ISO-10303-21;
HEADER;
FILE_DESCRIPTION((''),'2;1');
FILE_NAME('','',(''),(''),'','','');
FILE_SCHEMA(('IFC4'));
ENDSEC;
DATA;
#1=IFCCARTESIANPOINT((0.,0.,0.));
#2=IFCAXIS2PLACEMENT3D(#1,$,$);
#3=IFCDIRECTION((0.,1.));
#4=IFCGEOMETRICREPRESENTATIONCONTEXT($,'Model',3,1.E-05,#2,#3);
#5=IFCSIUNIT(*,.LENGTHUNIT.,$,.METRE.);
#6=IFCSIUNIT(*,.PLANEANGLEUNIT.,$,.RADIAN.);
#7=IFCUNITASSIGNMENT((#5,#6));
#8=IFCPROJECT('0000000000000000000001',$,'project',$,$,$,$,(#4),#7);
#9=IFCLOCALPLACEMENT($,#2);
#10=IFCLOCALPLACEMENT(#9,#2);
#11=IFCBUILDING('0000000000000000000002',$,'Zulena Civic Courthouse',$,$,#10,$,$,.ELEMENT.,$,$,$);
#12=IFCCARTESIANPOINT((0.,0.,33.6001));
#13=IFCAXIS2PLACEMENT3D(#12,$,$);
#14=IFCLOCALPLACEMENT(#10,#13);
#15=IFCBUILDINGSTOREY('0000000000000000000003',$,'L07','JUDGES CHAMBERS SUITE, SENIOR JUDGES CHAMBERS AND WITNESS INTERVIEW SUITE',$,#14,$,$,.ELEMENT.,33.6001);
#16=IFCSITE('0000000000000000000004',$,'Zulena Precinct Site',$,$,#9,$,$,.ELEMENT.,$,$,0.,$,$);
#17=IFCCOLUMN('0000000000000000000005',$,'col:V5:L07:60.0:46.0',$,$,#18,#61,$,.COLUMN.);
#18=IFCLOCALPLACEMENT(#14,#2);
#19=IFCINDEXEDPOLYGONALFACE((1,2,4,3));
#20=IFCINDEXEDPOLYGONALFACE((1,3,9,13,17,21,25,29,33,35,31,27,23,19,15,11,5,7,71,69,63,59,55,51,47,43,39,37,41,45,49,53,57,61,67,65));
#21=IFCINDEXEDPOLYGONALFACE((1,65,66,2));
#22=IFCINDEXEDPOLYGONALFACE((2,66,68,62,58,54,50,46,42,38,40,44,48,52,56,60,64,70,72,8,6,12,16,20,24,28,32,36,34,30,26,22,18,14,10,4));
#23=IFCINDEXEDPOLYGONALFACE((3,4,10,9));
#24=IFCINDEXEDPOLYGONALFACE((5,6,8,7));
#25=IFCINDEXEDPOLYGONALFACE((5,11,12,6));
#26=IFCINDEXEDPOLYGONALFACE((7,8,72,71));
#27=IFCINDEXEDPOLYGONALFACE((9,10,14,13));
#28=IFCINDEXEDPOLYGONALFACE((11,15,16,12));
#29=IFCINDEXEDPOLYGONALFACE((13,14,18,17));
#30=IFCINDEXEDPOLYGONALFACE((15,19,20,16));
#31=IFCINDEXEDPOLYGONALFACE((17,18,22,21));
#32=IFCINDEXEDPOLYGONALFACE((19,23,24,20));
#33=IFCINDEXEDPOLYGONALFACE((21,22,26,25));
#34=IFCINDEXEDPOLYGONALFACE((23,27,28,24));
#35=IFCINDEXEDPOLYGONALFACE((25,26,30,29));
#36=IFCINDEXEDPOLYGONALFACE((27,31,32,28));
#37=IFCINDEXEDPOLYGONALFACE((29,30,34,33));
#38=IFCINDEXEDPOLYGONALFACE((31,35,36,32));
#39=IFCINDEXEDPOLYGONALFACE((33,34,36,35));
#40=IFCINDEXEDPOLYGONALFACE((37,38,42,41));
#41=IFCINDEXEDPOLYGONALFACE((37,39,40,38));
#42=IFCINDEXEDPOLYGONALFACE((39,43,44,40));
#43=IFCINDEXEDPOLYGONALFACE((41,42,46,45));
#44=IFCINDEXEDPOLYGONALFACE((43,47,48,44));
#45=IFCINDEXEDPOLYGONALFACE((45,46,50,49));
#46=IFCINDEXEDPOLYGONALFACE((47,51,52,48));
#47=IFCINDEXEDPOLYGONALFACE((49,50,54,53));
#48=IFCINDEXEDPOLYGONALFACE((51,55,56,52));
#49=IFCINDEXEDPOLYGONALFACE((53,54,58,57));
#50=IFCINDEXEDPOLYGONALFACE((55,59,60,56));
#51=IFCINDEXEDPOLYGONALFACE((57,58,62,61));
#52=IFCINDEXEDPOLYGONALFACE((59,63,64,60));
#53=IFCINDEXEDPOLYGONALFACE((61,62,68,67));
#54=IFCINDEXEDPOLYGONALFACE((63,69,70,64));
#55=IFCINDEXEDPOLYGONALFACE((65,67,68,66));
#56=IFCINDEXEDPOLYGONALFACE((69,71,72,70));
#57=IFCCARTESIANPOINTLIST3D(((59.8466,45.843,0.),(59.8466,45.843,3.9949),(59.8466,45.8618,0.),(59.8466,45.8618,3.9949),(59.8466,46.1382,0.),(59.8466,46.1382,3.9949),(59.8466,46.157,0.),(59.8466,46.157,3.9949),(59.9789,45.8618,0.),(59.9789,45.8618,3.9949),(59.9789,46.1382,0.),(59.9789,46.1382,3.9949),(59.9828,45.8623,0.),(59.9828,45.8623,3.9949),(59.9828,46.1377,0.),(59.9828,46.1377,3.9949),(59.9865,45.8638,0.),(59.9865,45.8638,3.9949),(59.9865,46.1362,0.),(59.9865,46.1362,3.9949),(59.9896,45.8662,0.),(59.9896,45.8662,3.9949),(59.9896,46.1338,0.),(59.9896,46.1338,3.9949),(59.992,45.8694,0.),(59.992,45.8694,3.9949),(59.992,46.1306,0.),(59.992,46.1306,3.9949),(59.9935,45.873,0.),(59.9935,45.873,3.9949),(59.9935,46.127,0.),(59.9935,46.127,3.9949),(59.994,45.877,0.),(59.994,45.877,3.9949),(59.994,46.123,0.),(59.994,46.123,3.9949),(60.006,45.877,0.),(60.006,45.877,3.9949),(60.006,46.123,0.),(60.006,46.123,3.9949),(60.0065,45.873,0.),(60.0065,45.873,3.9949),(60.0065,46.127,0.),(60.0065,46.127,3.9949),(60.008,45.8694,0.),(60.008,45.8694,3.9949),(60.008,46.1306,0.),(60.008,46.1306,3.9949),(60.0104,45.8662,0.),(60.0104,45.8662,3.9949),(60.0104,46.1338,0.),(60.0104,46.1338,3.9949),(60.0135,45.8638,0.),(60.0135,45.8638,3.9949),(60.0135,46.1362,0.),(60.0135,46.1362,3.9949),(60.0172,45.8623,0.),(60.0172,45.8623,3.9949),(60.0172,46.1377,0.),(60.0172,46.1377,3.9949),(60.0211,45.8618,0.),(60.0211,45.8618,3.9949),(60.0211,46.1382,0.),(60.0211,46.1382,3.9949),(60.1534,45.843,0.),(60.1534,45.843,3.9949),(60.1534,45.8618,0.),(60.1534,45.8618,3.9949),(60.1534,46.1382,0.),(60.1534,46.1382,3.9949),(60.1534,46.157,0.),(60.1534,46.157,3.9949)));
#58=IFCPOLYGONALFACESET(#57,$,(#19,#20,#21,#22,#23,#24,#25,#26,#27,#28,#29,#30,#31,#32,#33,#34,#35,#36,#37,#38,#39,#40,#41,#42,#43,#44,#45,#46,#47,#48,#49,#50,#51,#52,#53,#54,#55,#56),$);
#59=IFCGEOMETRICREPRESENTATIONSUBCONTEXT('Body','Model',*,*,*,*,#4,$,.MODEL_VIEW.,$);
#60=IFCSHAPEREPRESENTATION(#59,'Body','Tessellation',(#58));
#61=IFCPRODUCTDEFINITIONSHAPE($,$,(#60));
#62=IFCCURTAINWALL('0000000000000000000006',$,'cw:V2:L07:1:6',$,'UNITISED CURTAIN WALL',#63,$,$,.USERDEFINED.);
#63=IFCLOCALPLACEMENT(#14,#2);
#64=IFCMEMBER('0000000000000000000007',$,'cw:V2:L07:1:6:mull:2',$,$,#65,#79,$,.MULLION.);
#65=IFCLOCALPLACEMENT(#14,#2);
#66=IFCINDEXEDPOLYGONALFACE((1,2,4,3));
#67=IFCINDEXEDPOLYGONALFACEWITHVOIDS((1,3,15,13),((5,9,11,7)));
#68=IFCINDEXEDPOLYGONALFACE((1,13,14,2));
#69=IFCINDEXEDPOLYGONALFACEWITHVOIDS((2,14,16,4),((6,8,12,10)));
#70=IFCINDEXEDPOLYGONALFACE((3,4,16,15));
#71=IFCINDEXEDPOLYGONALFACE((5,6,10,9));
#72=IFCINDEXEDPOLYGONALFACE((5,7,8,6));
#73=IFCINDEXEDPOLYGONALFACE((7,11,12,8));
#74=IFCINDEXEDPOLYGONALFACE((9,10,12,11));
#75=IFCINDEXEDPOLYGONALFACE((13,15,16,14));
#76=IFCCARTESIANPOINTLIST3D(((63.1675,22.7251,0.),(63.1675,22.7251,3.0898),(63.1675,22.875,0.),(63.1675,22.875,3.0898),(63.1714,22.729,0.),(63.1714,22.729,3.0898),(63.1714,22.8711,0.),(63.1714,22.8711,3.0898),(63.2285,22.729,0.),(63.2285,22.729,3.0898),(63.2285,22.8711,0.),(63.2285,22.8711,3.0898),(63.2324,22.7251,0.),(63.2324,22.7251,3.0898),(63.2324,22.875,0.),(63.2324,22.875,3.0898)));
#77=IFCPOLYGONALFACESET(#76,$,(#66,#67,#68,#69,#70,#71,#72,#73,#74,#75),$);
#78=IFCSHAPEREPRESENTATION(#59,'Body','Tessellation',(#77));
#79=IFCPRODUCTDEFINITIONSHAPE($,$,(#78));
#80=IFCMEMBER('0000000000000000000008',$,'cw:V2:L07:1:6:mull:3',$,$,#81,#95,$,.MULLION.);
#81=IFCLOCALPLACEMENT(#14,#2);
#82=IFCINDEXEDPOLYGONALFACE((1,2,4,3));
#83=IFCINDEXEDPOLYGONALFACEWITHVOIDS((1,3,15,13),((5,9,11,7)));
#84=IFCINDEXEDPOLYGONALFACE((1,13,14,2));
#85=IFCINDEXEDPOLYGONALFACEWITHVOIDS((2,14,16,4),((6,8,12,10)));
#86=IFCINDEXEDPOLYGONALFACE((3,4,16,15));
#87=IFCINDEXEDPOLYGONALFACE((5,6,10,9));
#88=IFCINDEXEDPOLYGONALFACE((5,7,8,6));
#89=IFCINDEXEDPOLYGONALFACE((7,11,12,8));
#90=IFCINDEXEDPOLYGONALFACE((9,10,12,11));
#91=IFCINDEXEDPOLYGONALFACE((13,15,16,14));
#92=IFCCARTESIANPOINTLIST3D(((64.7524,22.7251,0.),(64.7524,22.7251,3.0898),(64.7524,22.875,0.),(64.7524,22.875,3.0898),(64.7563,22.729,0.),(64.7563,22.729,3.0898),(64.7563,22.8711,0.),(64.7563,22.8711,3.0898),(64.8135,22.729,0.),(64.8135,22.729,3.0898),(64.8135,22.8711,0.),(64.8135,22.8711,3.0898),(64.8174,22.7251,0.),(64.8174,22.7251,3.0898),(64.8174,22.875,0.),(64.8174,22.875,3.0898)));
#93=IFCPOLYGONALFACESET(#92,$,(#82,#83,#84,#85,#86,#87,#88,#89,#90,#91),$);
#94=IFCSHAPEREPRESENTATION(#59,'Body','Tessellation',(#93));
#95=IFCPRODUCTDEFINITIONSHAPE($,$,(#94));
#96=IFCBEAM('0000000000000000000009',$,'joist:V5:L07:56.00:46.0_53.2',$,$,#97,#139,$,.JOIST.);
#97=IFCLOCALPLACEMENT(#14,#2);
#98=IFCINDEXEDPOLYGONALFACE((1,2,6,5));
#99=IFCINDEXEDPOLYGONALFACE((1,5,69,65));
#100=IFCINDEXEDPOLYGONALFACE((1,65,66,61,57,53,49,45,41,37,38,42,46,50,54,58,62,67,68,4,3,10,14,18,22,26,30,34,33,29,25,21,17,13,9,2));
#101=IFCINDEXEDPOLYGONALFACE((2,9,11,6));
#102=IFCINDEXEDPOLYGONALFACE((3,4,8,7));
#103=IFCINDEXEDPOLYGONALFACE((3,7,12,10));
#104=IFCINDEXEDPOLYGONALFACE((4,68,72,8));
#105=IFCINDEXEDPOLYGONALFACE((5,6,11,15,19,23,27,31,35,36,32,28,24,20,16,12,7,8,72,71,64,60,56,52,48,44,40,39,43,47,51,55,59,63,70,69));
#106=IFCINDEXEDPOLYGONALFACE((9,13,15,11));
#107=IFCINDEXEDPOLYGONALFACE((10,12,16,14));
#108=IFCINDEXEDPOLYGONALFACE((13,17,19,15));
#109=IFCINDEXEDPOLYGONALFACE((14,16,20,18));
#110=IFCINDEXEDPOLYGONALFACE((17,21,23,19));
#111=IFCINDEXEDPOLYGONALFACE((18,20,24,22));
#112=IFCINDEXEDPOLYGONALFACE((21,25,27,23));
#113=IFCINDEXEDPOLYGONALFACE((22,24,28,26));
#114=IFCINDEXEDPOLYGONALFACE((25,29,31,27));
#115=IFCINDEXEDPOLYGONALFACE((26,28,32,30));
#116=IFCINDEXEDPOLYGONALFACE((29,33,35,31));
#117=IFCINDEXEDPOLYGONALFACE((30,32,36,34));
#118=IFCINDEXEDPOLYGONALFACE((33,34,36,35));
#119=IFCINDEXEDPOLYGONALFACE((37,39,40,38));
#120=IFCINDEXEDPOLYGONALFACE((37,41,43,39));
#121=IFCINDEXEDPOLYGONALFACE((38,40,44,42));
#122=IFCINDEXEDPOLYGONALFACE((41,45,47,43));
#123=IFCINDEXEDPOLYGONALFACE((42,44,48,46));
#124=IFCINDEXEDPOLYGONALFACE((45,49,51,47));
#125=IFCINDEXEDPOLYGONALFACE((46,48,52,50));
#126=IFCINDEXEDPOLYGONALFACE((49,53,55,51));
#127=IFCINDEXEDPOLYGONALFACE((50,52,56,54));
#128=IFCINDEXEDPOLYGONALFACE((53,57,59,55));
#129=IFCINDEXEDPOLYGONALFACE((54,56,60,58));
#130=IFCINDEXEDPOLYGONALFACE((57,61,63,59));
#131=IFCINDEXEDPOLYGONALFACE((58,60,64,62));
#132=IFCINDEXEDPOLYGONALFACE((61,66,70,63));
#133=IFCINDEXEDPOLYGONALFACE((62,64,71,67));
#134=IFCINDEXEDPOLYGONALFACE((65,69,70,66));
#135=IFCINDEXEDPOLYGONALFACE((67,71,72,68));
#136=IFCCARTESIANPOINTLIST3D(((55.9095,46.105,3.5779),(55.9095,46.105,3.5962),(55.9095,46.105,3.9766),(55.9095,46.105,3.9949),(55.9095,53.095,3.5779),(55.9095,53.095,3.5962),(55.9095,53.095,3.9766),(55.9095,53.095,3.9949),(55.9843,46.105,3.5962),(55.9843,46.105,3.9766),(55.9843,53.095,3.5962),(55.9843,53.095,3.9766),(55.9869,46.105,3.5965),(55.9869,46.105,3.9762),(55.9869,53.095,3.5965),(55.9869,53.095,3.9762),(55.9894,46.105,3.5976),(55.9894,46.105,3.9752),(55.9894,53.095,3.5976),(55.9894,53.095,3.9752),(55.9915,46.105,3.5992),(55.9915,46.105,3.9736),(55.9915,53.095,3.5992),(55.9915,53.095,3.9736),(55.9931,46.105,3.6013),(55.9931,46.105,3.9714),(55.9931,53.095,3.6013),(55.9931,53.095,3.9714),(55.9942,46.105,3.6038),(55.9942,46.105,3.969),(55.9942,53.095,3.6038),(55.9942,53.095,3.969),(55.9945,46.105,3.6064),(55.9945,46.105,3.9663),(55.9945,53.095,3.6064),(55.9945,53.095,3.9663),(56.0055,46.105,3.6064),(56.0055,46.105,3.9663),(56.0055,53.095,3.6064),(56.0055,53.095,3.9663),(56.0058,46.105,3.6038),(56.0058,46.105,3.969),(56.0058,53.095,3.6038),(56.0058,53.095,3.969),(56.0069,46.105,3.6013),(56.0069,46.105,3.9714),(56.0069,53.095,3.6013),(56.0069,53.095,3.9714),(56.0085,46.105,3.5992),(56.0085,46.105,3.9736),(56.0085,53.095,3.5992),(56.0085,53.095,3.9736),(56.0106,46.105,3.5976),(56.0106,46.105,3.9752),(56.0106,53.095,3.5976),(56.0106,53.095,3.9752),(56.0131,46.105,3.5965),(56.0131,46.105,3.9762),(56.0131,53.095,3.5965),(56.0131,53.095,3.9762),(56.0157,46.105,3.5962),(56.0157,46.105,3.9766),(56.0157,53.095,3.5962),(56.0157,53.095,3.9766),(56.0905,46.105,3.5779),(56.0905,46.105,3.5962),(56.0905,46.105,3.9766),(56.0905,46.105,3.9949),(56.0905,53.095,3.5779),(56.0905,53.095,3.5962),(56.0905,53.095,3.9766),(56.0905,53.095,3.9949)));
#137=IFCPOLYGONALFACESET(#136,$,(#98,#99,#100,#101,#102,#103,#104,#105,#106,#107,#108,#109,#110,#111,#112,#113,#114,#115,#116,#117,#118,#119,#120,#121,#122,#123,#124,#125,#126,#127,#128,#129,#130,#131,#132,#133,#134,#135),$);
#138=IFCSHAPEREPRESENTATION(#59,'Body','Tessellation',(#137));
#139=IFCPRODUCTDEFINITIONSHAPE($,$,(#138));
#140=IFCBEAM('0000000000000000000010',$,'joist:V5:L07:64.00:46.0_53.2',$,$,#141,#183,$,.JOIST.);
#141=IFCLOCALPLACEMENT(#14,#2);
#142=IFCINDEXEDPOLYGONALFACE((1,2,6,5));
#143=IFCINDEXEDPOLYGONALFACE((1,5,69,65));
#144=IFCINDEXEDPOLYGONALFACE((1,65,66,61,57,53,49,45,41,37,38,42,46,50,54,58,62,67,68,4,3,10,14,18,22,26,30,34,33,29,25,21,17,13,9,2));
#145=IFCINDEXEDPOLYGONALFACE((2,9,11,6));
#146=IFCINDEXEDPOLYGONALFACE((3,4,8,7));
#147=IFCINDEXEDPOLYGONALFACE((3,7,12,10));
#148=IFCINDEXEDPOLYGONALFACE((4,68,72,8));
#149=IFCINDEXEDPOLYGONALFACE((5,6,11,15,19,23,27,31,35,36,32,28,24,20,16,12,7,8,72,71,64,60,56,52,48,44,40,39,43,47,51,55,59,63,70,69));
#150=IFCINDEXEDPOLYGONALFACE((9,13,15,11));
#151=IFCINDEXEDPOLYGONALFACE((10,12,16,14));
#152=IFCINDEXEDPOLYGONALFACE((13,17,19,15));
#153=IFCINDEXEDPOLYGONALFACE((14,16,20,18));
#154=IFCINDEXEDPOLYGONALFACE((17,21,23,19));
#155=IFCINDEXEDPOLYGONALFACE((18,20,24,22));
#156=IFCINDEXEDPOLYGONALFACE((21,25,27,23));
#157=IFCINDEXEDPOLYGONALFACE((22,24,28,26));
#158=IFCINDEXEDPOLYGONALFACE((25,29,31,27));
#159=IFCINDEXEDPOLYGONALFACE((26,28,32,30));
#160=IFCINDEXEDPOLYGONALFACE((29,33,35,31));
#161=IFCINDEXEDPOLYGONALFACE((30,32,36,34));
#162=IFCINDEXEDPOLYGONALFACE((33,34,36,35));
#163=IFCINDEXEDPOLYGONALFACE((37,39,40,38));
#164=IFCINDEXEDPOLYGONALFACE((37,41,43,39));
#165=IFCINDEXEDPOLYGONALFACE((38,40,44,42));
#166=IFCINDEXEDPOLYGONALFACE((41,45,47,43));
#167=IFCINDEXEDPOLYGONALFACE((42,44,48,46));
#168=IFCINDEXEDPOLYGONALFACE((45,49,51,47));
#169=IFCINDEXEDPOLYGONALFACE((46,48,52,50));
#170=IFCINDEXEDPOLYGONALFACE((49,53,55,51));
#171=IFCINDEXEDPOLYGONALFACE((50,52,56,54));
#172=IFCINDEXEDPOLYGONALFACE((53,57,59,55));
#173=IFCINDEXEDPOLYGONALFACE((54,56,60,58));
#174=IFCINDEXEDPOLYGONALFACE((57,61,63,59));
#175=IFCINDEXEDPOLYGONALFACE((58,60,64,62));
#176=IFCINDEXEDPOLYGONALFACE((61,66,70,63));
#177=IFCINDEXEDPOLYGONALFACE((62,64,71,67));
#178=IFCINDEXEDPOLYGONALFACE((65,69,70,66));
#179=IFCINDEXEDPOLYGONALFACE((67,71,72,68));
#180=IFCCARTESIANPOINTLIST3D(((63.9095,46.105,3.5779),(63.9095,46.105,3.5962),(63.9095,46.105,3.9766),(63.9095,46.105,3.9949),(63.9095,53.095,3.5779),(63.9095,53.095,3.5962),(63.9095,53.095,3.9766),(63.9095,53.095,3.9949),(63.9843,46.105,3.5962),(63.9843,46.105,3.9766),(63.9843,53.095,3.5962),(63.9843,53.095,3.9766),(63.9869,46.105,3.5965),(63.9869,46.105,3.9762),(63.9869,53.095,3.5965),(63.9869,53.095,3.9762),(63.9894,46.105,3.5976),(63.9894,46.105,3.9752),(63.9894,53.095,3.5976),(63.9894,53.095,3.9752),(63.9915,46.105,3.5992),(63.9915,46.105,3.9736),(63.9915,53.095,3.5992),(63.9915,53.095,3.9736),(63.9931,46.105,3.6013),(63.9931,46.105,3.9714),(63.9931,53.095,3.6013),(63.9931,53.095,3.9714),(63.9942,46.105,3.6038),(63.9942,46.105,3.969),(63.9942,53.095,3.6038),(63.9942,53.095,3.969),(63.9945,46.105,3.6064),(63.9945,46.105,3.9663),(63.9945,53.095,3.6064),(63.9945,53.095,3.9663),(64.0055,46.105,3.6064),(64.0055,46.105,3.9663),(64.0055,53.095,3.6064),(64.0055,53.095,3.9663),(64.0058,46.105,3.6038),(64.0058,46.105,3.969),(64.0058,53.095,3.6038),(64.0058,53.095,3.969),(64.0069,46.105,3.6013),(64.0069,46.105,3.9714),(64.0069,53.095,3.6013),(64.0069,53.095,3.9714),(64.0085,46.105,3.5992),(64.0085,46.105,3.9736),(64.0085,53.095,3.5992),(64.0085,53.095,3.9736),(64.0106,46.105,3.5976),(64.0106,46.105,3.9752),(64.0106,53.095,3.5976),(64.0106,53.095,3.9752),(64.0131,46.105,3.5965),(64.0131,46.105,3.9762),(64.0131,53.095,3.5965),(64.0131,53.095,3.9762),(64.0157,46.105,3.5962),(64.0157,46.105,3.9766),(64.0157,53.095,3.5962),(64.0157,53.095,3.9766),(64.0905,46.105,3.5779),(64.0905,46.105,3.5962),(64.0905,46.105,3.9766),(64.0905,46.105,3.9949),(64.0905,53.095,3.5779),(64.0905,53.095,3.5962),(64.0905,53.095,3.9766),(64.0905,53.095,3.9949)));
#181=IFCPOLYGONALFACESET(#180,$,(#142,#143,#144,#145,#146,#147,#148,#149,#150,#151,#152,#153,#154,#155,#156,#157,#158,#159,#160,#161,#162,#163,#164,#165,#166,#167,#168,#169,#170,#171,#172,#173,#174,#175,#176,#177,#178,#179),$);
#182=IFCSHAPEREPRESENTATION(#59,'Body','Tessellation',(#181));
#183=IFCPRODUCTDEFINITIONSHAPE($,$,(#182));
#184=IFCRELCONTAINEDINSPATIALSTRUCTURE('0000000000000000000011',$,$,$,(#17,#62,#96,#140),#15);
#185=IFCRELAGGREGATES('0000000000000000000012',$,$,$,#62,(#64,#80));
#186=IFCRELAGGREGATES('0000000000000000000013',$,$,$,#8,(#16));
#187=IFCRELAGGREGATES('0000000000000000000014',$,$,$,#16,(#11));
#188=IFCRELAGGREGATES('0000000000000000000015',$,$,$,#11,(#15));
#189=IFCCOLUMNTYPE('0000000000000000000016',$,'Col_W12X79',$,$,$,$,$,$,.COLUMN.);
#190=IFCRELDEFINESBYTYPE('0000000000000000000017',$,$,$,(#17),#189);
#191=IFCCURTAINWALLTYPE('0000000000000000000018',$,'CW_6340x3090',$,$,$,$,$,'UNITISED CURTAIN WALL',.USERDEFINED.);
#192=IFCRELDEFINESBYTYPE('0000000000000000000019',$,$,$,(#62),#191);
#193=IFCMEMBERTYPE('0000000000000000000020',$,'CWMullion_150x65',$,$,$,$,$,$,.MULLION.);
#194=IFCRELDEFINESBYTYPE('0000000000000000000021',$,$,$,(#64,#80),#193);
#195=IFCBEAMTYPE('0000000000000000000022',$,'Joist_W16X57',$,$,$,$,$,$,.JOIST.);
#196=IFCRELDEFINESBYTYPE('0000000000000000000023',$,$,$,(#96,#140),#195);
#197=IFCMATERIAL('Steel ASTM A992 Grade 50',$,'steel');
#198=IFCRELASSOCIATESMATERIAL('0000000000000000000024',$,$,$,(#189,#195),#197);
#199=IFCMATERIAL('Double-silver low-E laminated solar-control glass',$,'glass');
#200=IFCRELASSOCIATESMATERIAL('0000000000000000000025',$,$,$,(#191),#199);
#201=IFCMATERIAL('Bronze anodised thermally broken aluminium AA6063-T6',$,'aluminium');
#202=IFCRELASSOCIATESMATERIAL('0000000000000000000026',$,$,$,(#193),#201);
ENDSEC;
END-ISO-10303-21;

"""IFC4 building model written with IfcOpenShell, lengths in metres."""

from ifc_helpers import new_model, si_unit, direction, frame, origin, origin_2d, place, context, subcontext, project, spatial, hollow_rectangle, i_section, extrude, material, material_profile, profile_set, type_object, element, aggregate, save


model = new_model("IFC4")

# Units and contexts
model_context = context("Model", 3, precision=1e-05, world=origin(), true_north=direction((0.0, 1.0)))
body_context = subcontext(model_context, "Body", "Model", "MODEL_VIEW")
ifc_project = project(units=[si_unit("LENGTHUNIT", "METRE"), si_unit("PLANEANGLEUNIT", "RADIAN")], contexts=[model_context])

# Site, building, storey
site_placement = place(None, origin())
site = spatial("IfcSite", under=ifc_project, at=site_placement, Name="Zulena Precinct Site", CompositionType="ELEMENT", RefElevation=0.0)
building_placement = place(site_placement, origin())
building = spatial("IfcBuilding", under=site, at=building_placement, Name="Zulena Civic Courthouse", CompositionType="ELEMENT")
storey_placement = place(building_placement, frame((0.0, 0.0, 33.6001)))
storey = spatial("IfcBuildingStorey", under=building, at=storey_placement, Name="L07", Description="JUDGES CHAMBERS SUITE, SENIOR JUDGES CHAMBERS AND WITNESS INTERVIEW SUITE", CompositionType="ELEMENT", Elevation=33.6001)

# Column
ifc_material_1 = material(Name="Steel ASTM A992 Grade 50", Category="steel")
ifc_material_profile_1 = material_profile(ifc_material_1, i_section(OverallWidth=0.3069, OverallDepth=0.314, WebThickness=0.012, FlangeThickness=0.0188, FilletRadius=0.0151, at=origin_2d()), Name="W12X79")
ifc_profile_set_1 = profile_set([ifc_material_profile_1], Name="Steel ASTM A992 Grade 50")
column_type = type_object("IfcColumnType", Name="Col_W12X79", PredefinedType="COLUMN", material=ifc_profile_set_1)
column_placement = place(storey_placement, frame((60.0, 46.0, 0.0), z_axis=(0.0, 0.0, 1.0), x_axis=(1.0, 0.0, 0.0)))
element("IfcColumn", 1, at=column_placement, inside=storey, type_object=column_type, Name="col:V5:L07:60.0:46.0", PredefinedType="COLUMN", context=body_context, shape_type="SweptSolid", body=[
    extrude(i_section(OverallWidth=0.3069, OverallDepth=0.314, WebThickness=0.012, FlangeThickness=0.0188, FilletRadius=0.0151, at=origin_2d()), origin(), (0.0, 0.0, 1.0), 3.9949),
])

# Curtain wall, members
ifc_material_2 = material(Name="Double-silver low-E laminated solar-control glass", Category="glass")
curtain_wall_type = type_object("IfcCurtainWallType", Name="CW_6340x3090", ElementType="UNITISED CURTAIN WALL", PredefinedType="USERDEFINED", material=ifc_material_2)
curtain_wall_placement = place(storey_placement, origin())
curtain_wall = element("IfcCurtainWall", 2, at=curtain_wall_placement, inside=storey, type_object=curtain_wall_type, Name="cw:V2:L07:1:6", ObjectType="UNITISED CURTAIN WALL", PredefinedType="USERDEFINED")
ifc_material_3 = material(Name="Bronze anodised thermally broken aluminium AA6063-T6", Category="aluminium")
ifc_material_profile_2 = material_profile(ifc_material_3, hollow_rectangle(XDim=0.0649, YDim=0.1499, WallThickness=0.0039, at=origin_2d()), Name="CWM150X65X4")
ifc_profile_set_2 = profile_set([ifc_material_profile_2], Name="Bronze anodised thermally broken aluminium AA6063-T6")
member_type = type_object("IfcMemberType", Name="CWMullion_150x65", PredefinedType="MULLION", material=ifc_profile_set_2)
member_1_placement = place(storey_placement, frame((63.2, 22.8, 0.0), z_axis=(0.0, 0.0, 1.0), x_axis=(1.0, 0.0, 0.0)))
member_1 = element("IfcMember", 3, at=member_1_placement, type_object=member_type, Name="cw:V2:L07:1:6:mull:2", PredefinedType="MULLION", context=body_context, shape_type="SweptSolid", body=[
    extrude(hollow_rectangle(XDim=0.0649, YDim=0.1499, WallThickness=0.0039, at=origin_2d()), origin(), (0.0, 0.0, 1.0), 3.0898),
])
member_2_placement = place(storey_placement, frame((64.7849, 22.8, 0.0), z_axis=(0.0, 0.0, 1.0), x_axis=(1.0, 0.0, 0.0)))
member_2 = element("IfcMember", 4, at=member_2_placement, type_object=member_type, Name="cw:V2:L07:1:6:mull:3", PredefinedType="MULLION", context=body_context, shape_type="SweptSolid", body=[
    extrude(hollow_rectangle(XDim=0.0649, YDim=0.1499, WallThickness=0.0039, at=origin_2d()), origin(), (0.0, 0.0, 1.0), 3.0898),
])

# Beams
ifc_material_profile_3 = material_profile(ifc_material_1, i_section(OverallWidth=0.1809, OverallDepth=0.417, WebThickness=0.011, FlangeThickness=0.0183, FilletRadius=0.0103, at=origin_2d()), Name="W16X57")
ifc_profile_set_3 = profile_set([ifc_material_profile_3], Name="Steel ASTM A992 Grade 50")
beam_type_1 = type_object("IfcBeamType", Name="Joist_W16X57", PredefinedType="JOIST", material=ifc_profile_set_3)
for number, where, z_axis, x_axis, name in (
    (5, (56.0, 46.105, 3.7864), (0.0, 1.0, 0.0), (-1.0, 0.0, 0.0), "joist:V5:L07:56.00:46.0_53.2"),
    (6, (64.0, 46.105, 3.7864), (0.0, 1.0, 0.0), (-1.0, 0.0, 0.0), "joist:V5:L07:64.00:46.0_53.2"),
):
    element("IfcBeam", number, at=place(storey_placement, frame(where, z_axis=z_axis, x_axis=x_axis)), inside=storey, type_object=beam_type_1, Name=name, PredefinedType="JOIST", context=body_context, shape_type="SweptSolid", body=[
        extrude(i_section(OverallWidth=0.1809, OverallDepth=0.417, WebThickness=0.011, FlangeThickness=0.0183, FilletRadius=0.0103, at=origin_2d()), origin(), (0.0, 0.0, 1.0), 6.99),
    ])

aggregate(curtain_wall, [member_1, member_2])

save(model, "model.ifc")
